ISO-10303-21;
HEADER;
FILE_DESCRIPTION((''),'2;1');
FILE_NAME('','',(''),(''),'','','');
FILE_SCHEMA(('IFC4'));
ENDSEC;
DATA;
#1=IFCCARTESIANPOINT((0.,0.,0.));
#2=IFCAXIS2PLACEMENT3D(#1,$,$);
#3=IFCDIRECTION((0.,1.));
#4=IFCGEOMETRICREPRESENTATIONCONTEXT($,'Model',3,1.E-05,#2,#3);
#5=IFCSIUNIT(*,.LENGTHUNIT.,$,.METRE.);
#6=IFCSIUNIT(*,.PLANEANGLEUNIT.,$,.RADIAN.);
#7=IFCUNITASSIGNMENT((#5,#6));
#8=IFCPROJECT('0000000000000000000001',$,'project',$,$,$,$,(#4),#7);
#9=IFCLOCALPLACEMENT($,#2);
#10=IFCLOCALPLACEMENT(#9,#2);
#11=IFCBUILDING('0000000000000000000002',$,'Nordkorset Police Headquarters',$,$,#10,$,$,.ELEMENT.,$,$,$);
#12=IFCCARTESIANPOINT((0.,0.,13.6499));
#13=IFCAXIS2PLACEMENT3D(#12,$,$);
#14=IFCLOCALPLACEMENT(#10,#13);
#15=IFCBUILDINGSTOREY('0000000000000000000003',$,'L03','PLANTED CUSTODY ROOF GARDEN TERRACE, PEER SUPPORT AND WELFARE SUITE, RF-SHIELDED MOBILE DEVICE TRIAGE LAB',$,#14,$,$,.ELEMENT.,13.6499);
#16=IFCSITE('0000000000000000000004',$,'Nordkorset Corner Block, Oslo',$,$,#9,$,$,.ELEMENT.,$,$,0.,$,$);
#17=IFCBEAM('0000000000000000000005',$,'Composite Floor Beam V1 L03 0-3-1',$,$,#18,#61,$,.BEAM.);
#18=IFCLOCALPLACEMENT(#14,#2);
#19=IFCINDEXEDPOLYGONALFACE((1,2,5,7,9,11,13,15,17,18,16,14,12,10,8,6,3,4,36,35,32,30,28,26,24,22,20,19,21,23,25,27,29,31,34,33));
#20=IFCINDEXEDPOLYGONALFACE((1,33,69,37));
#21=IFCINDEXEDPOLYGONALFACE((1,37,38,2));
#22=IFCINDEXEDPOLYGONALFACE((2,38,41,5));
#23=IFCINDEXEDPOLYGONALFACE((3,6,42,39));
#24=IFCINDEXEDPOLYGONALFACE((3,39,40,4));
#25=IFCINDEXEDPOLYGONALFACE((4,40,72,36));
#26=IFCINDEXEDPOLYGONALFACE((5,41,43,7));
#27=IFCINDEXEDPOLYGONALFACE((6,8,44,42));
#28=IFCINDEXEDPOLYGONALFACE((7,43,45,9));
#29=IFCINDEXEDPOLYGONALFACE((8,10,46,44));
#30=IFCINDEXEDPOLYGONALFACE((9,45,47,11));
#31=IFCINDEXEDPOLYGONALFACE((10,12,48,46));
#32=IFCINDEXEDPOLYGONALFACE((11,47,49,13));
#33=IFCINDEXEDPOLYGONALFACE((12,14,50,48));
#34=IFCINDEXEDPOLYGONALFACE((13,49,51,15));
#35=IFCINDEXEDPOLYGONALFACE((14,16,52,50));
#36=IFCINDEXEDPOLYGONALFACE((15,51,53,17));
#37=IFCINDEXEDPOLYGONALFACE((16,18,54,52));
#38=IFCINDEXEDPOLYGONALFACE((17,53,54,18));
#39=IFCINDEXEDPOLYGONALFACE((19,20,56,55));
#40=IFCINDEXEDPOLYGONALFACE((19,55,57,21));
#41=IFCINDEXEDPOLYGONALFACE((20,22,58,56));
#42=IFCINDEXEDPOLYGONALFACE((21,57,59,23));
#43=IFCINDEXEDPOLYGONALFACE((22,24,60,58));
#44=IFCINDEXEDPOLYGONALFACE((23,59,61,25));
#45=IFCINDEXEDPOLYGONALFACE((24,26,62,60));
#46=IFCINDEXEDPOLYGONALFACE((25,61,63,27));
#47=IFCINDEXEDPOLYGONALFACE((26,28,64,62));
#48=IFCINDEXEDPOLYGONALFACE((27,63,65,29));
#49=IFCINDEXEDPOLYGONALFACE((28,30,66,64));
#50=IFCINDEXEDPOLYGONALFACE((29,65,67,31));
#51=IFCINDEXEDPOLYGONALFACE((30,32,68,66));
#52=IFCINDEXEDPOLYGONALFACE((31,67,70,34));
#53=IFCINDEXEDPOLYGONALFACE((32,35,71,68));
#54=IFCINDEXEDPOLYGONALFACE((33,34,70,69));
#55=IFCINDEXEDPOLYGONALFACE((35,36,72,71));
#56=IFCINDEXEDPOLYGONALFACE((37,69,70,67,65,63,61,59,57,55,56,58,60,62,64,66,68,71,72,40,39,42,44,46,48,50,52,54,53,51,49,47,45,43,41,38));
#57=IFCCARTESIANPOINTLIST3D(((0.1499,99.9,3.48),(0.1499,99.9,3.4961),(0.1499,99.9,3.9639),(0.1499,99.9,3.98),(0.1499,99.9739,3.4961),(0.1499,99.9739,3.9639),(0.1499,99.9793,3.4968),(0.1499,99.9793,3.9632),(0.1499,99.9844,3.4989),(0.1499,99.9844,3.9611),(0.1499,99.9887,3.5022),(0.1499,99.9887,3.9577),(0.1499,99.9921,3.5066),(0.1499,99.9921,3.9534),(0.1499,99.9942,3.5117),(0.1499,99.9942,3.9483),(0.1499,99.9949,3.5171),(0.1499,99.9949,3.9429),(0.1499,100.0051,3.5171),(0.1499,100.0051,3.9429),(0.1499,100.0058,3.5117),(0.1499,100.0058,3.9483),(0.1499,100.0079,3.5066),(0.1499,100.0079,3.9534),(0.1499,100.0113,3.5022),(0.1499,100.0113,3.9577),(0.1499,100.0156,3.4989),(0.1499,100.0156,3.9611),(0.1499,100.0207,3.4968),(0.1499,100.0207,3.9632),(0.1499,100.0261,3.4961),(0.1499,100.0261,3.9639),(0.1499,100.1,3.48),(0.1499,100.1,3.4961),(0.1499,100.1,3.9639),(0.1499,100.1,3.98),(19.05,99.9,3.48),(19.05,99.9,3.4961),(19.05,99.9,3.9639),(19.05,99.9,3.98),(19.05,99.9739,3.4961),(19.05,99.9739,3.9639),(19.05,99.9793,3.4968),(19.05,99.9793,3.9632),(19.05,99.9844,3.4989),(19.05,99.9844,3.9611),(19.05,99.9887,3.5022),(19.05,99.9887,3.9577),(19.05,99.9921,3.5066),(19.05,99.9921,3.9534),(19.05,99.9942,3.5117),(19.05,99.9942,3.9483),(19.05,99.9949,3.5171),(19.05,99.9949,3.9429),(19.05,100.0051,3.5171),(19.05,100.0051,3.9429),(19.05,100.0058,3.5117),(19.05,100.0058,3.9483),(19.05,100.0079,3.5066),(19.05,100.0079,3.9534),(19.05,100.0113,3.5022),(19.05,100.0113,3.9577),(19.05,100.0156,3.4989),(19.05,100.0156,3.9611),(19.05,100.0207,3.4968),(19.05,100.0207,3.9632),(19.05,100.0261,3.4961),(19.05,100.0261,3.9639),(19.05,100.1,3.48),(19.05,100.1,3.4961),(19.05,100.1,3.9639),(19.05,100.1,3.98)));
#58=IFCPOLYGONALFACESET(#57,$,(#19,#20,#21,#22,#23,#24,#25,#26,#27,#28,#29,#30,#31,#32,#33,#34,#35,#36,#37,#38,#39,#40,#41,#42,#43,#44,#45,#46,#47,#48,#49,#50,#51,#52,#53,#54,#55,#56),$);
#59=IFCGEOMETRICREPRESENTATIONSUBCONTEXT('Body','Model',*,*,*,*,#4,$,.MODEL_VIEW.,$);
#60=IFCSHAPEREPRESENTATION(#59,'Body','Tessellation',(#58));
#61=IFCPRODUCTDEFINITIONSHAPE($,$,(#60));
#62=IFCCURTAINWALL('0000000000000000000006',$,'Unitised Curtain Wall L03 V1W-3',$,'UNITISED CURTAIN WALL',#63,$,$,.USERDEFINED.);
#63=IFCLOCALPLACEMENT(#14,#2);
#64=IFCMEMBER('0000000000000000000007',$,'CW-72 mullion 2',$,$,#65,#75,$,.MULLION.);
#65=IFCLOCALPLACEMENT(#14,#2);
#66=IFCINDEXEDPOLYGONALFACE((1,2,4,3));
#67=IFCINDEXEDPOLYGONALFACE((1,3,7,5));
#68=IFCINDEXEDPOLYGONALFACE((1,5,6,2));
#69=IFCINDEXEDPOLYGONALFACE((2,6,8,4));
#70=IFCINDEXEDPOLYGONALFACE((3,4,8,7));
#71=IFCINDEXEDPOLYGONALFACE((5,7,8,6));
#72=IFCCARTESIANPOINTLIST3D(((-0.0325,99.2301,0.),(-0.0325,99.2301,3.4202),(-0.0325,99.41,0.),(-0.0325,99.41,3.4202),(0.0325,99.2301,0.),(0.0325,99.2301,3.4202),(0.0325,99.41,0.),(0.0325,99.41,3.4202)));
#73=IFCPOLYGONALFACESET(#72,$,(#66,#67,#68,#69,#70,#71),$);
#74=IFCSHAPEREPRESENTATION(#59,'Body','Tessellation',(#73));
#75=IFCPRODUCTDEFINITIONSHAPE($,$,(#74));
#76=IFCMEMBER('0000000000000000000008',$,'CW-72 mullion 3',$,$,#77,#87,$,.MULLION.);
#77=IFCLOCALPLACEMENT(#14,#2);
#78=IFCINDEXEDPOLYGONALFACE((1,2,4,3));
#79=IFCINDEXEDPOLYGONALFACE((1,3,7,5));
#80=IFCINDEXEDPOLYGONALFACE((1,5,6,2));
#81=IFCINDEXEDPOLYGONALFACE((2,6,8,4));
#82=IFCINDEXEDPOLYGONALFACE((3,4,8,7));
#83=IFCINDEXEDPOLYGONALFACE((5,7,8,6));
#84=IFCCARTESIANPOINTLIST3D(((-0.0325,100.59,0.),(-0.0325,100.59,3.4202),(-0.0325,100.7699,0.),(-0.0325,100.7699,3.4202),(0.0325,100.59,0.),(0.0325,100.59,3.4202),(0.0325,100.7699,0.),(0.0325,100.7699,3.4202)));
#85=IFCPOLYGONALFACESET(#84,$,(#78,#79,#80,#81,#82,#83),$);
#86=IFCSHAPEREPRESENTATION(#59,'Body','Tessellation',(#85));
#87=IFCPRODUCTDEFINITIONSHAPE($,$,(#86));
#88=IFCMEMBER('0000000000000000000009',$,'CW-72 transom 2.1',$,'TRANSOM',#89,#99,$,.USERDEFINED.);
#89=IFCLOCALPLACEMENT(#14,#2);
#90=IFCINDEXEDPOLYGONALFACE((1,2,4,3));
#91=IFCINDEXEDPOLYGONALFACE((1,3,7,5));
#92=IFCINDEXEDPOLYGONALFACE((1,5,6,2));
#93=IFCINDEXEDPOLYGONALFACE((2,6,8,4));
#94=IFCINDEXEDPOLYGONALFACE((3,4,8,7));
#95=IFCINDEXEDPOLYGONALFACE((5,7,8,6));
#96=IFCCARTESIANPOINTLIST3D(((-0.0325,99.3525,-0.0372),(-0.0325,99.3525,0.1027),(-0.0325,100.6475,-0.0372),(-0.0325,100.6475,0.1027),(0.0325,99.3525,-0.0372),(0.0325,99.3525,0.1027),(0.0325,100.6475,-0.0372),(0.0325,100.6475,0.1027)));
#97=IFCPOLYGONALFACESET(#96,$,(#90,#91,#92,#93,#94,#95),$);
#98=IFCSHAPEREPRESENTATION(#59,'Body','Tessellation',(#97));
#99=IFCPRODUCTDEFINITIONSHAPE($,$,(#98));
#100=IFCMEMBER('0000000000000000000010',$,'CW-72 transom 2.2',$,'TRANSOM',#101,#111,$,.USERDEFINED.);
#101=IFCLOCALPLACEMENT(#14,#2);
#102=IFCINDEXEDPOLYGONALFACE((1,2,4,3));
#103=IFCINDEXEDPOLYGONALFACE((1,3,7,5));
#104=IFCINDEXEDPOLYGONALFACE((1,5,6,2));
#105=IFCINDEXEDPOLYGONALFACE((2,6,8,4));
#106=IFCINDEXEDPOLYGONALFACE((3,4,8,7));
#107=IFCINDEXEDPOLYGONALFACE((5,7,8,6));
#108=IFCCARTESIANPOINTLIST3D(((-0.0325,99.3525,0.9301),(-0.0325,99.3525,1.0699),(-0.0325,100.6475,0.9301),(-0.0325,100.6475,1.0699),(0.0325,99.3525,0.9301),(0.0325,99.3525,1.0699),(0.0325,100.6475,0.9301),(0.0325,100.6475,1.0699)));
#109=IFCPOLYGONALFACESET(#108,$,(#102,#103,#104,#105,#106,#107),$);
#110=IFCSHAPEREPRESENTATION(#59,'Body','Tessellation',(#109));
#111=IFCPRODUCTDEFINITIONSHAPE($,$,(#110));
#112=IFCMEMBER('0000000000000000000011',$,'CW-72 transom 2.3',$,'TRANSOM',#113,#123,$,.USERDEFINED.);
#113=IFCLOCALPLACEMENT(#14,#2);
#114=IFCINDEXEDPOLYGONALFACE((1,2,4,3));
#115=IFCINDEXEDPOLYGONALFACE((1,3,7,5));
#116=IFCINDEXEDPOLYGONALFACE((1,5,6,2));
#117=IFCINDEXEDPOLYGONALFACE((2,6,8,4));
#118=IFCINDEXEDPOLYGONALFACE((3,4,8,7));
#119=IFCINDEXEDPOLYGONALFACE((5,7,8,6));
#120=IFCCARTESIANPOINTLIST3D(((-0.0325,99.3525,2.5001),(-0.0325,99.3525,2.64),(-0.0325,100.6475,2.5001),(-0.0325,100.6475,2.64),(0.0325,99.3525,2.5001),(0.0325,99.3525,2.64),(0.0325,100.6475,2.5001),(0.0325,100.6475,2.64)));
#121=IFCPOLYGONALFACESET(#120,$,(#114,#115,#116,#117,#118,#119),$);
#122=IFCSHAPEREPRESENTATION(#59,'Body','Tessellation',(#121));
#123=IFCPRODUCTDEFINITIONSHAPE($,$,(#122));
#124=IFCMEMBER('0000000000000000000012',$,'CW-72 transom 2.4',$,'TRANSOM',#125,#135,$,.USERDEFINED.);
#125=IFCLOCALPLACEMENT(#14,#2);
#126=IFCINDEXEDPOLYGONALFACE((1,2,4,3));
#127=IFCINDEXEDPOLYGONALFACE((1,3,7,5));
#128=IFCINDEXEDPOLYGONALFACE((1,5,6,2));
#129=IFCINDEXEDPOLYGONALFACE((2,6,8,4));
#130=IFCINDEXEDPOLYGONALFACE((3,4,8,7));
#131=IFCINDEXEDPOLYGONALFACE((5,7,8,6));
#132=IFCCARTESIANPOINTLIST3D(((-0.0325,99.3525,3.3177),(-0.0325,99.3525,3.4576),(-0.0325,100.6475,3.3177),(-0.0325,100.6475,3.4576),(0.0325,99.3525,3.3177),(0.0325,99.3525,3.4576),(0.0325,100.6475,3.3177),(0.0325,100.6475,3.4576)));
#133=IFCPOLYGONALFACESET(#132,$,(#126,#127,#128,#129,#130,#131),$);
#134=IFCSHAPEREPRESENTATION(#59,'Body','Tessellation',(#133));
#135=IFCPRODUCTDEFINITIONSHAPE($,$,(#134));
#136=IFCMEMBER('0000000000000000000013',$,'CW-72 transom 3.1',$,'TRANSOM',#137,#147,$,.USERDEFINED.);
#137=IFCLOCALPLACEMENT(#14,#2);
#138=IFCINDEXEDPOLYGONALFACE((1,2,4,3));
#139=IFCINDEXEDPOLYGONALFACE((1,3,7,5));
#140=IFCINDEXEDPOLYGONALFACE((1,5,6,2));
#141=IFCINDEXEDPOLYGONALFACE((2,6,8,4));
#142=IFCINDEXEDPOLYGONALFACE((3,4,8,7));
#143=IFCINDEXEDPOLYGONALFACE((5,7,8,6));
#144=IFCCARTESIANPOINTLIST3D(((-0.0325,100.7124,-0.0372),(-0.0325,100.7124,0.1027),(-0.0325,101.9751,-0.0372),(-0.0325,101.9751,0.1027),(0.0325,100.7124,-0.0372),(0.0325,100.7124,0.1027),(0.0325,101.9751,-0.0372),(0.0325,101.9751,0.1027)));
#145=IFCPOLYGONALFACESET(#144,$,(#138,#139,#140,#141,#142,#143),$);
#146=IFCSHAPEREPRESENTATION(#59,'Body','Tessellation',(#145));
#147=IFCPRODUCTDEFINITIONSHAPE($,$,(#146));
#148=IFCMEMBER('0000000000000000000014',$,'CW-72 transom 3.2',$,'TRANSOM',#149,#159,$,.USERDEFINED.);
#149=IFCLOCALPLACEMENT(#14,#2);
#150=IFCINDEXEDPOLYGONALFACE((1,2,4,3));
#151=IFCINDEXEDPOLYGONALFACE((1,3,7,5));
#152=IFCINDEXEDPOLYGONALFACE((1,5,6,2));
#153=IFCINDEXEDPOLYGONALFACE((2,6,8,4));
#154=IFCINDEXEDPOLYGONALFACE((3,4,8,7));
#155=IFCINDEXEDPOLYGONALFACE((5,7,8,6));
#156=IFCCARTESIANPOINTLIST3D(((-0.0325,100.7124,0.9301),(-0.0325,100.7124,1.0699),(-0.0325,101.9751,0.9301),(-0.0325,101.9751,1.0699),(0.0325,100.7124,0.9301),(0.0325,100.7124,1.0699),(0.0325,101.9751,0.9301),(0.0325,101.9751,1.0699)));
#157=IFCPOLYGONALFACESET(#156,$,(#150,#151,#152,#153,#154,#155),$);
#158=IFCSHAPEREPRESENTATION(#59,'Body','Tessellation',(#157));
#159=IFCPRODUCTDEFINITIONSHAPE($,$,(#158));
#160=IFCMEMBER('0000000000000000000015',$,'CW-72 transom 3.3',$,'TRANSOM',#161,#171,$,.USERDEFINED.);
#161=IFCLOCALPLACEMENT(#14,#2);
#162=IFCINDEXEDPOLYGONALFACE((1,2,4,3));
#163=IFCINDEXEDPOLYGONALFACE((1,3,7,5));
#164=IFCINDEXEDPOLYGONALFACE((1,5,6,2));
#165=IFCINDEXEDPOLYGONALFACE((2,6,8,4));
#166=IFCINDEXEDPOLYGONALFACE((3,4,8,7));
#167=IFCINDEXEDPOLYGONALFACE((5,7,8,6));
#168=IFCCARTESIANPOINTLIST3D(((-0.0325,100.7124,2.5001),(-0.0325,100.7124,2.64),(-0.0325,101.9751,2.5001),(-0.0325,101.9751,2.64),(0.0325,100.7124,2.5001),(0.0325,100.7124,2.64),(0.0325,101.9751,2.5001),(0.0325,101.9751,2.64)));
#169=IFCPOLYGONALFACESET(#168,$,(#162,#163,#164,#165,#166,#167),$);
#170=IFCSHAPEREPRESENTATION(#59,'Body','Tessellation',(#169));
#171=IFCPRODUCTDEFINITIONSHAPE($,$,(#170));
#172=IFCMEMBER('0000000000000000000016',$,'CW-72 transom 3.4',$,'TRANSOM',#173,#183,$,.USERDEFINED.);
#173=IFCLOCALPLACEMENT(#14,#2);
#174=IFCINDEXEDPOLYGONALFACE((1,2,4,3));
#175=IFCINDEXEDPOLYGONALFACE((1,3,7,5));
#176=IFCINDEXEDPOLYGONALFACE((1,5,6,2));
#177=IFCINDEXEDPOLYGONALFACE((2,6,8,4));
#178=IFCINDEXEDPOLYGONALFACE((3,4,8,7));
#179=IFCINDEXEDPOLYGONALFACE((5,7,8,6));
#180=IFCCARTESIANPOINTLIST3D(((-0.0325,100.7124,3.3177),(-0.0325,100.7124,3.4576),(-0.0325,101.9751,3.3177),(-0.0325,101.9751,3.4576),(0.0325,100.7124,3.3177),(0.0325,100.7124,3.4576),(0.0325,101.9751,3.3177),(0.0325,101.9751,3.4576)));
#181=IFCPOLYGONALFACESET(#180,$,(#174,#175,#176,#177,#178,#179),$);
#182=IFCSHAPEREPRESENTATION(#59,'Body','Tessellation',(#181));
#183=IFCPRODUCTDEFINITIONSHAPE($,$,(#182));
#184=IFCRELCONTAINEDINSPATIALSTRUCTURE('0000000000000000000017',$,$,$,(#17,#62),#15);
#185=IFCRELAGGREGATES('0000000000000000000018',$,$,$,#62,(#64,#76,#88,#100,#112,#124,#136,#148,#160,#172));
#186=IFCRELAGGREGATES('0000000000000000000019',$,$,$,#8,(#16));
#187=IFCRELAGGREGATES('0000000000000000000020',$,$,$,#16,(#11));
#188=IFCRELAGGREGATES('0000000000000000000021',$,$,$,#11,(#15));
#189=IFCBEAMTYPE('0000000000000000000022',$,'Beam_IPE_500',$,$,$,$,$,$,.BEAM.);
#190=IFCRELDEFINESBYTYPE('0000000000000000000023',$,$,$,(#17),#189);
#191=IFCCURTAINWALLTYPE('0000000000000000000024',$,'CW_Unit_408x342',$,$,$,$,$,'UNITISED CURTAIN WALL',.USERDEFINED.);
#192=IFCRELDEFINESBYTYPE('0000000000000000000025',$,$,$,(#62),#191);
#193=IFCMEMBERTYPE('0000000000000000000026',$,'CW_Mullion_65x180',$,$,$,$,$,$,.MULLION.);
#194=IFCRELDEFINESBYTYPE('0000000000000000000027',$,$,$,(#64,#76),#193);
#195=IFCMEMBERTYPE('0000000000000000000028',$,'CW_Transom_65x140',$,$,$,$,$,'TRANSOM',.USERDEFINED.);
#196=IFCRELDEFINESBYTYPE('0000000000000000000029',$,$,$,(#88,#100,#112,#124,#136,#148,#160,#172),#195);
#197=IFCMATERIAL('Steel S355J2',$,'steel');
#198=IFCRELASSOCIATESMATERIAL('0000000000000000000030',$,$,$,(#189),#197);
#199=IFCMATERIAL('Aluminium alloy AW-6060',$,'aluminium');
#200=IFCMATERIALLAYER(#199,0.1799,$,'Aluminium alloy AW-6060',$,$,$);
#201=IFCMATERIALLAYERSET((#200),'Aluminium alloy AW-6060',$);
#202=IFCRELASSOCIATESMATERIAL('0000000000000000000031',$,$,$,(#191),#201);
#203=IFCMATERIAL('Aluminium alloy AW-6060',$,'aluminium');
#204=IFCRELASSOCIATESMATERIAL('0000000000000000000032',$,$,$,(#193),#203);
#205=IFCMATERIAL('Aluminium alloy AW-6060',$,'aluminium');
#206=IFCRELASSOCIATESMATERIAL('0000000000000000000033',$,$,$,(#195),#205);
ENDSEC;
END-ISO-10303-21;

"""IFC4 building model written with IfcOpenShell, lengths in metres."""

from ifc_helpers import new_model, si_unit, direction, frame, origin, origin_2d, place, context, subcontext, project, spatial, rectangle, i_section, extrude, material, layer, layer_set, material_profile, profile_set, type_object, element, aggregate, save


model = new_model("IFC4")

# Units and contexts
model_context = context("Model", 3, precision=1e-05, world=origin(), true_north=direction((0.0, 1.0)))
body_context = subcontext(model_context, "Body", "Model", "MODEL_VIEW")
ifc_project = project(units=[si_unit("LENGTHUNIT", "METRE"), si_unit("PLANEANGLEUNIT", "RADIAN")], contexts=[model_context])

# Site, building, storey
site_placement = place(None, origin())
site = spatial("IfcSite", under=ifc_project, at=site_placement, Name="Nordkorset Corner Block, Oslo", CompositionType="ELEMENT", RefElevation=0.0)
building_placement = place(site_placement, origin())
building = spatial("IfcBuilding", under=site, at=building_placement, Name="Nordkorset Police Headquarters", CompositionType="ELEMENT")
storey_placement = place(building_placement, frame((0.0, 0.0, 13.6499)))
storey = spatial("IfcBuildingStorey", under=building, at=storey_placement, Name="L03", Description="PLANTED CUSTODY ROOF GARDEN TERRACE, PEER SUPPORT AND WELFARE SUITE, RF-SHIELDED MOBILE DEVICE TRIAGE LAB", CompositionType="ELEMENT", Elevation=13.6499)

# Beam
ifc_material_1 = material(Name="Steel S355J2", Category="steel")
ifc_material_profile_1 = material_profile(ifc_material_1, i_section(OverallWidth=0.2, OverallDepth=0.5, WebThickness=0.0103, FlangeThickness=0.0161, FilletRadius=0.021, at=origin_2d()), Name="IPE 500")
ifc_profile_set_1 = profile_set([ifc_material_profile_1], Name="Steel S355J2")
beam_type = type_object("IfcBeamType", Name="Beam_IPE_500", PredefinedType="BEAM", material=ifc_profile_set_1)
beam_placement = place(storey_placement, frame((0.1499, 100.0, 3.73), z_axis=(1.0, 0.0, 0.0), x_axis=(0.0, 1.0, 0.0)))
element("IfcBeam", 1, at=beam_placement, inside=storey, type_object=beam_type, Name="Composite Floor Beam V1 L03 0-3-1", PredefinedType="BEAM", context=body_context, shape_type="SweptSolid", body=[
    extrude(i_section(OverallWidth=0.2, OverallDepth=0.5, WebThickness=0.0103, FlangeThickness=0.0161, FilletRadius=0.021, at=origin_2d()), origin(), (0.0, 0.0, 1.0), 18.9001),
])

# Curtain wall, members
ifc_material_2 = material(Name="Aluminium alloy AW-6060", Category="aluminium")
ifc_layer_1 = layer(ifc_material_2, 0.1799, Name="Aluminium alloy AW-6060")
ifc_layer_set_1 = layer_set([ifc_layer_1], Name="Aluminium alloy AW-6060")
curtain_wall_type = type_object("IfcCurtainWallType", Name="CW_Unit_408x342", ElementType="UNITISED CURTAIN WALL", PredefinedType="USERDEFINED", material=ifc_layer_set_1)
curtain_wall_placement = place(storey_placement, origin())
curtain_wall = element("IfcCurtainWall", 2, at=curtain_wall_placement, inside=storey, type_object=curtain_wall_type, Name="Unitised Curtain Wall L03 V1W-3", ObjectType="UNITISED CURTAIN WALL", PredefinedType="USERDEFINED")
ifc_material_3 = material(Name="Aluminium alloy AW-6060", Category="aluminium")
ifc_material_profile_2 = material_profile(ifc_material_3, rectangle(XDim=0.0649, YDim=0.1799, at=origin_2d()), Name="ALU MULL 65x180")
ifc_profile_set_2 = profile_set([ifc_material_profile_2], Name="Aluminium alloy AW-6060")
member_type_1 = type_object("IfcMemberType", Name="CW_Mullion_65x180", PredefinedType="MULLION", material=ifc_profile_set_2)
member_1_placement = place(storey_placement, frame((0.0, 99.3201, 0.0), z_axis=(0.0, 0.0, 1.0), x_axis=(-1.0, 0.0, 0.0)))
member_1 = element("IfcMember", 3, at=member_1_placement, type_object=member_type_1, Name="CW-72 mullion 2", PredefinedType="MULLION", context=body_context, shape_type="SweptSolid", body=[
    extrude(rectangle(XDim=0.0649, YDim=0.1799, at=origin_2d()), origin(), (0.0, 0.0, 1.0), 3.4202),
])
member_2_placement = place(storey_placement, frame((0.0, 100.6799, 0.0), z_axis=(0.0, 0.0, 1.0), x_axis=(-1.0, 0.0, 0.0)))
member_2 = element("IfcMember", 4, at=member_2_placement, type_object=member_type_1, Name="CW-72 mullion 3", PredefinedType="MULLION", context=body_context, shape_type="SweptSolid", body=[
    extrude(rectangle(XDim=0.0649, YDim=0.1799, at=origin_2d()), origin(), (0.0, 0.0, 1.0), 3.4202),
])
ifc_material_4 = material(Name="Aluminium alloy AW-6060", Category="aluminium")
ifc_material_profile_3 = material_profile(ifc_material_4, rectangle(XDim=0.0649, YDim=0.1399, at=origin_2d()), Name="ALU TRAN 65x140")
ifc_profile_set_3 = profile_set([ifc_material_profile_3], Name="Aluminium alloy AW-6060")
member_type_2 = type_object("IfcMemberType", Name="CW_Transom_65x140", ElementType="TRANSOM", PredefinedType="USERDEFINED", material=ifc_profile_set_3)
member_3_placement = place(storey_placement, frame((0.0, 99.3525, 0.0327), z_axis=(0.0, 1.0, 0.0), x_axis=(-1.0, 0.0, 0.0)))
member_3 = element("IfcMember", 5, at=member_3_placement, type_object=member_type_2, Name="CW-72 transom 2.1", ObjectType="TRANSOM", PredefinedType="USERDEFINED", context=body_context, shape_type="SweptSolid", body=[
    extrude(rectangle(XDim=0.0649, YDim=0.1399, at=origin_2d()), origin(), (0.0, 0.0, 1.0), 1.2949),
])
member_4_placement = place(storey_placement, frame((0.0, 99.3525, 1.0), z_axis=(0.0, 1.0, 0.0), x_axis=(-1.0, 0.0, 0.0)))
member_4 = element("IfcMember", 6, at=member_4_placement, type_object=member_type_2, Name="CW-72 transom 2.2", ObjectType="TRANSOM", PredefinedType="USERDEFINED", context=body_context, shape_type="SweptSolid", body=[
    extrude(rectangle(XDim=0.0649, YDim=0.1399, at=origin_2d()), origin(), (0.0, 0.0, 1.0), 1.2949),
])
member_5_placement = place(storey_placement, frame((0.0, 99.3525, 2.5701), z_axis=(0.0, 1.0, 0.0), x_axis=(-1.0, 0.0, 0.0)))
member_5 = element("IfcMember", 7, at=member_5_placement, type_object=member_type_2, Name="CW-72 transom 2.3", ObjectType="TRANSOM", PredefinedType="USERDEFINED", context=body_context, shape_type="SweptSolid", body=[
    extrude(rectangle(XDim=0.0649, YDim=0.1399, at=origin_2d()), origin(), (0.0, 0.0, 1.0), 1.2949),
])
member_6_placement = place(storey_placement, frame((0.0, 99.3525, 3.3877), z_axis=(0.0, 1.0, 0.0), x_axis=(-1.0, 0.0, 0.0)))
member_6 = element("IfcMember", 8, at=member_6_placement, type_object=member_type_2, Name="CW-72 transom 2.4", ObjectType="TRANSOM", PredefinedType="USERDEFINED", context=body_context, shape_type="SweptSolid", body=[
    extrude(rectangle(XDim=0.0649, YDim=0.1399, at=origin_2d()), origin(), (0.0, 0.0, 1.0), 1.2949),
])
member_7_placement = place(storey_placement, frame((0.0, 100.7124, 0.0327), z_axis=(0.0, 1.0, 0.0), x_axis=(-1.0, 0.0, 0.0)))
member_7 = element("IfcMember", 9, at=member_7_placement, type_object=member_type_2, Name="CW-72 transom 3.1", ObjectType="TRANSOM", PredefinedType="USERDEFINED", context=body_context, shape_type="SweptSolid", body=[
    extrude(rectangle(XDim=0.0649, YDim=0.1399, at=origin_2d()), origin(), (0.0, 0.0, 1.0), 1.2627),
])
member_8_placement = place(storey_placement, frame((0.0, 100.7124, 1.0), z_axis=(0.0, 1.0, 0.0), x_axis=(-1.0, 0.0, 0.0)))
member_8 = element("IfcMember", 10, at=member_8_placement, type_object=member_type_2, Name="CW-72 transom 3.2", ObjectType="TRANSOM", PredefinedType="USERDEFINED", context=body_context, shape_type="SweptSolid", body=[
    extrude(rectangle(XDim=0.0649, YDim=0.1399, at=origin_2d()), origin(), (0.0, 0.0, 1.0), 1.2627),
])
member_9_placement = place(storey_placement, frame((0.0, 100.7124, 2.5701), z_axis=(0.0, 1.0, 0.0), x_axis=(-1.0, 0.0, 0.0)))
member_9 = element("IfcMember", 11, at=member_9_placement, type_object=member_type_2, Name="CW-72 transom 3.3", ObjectType="TRANSOM", PredefinedType="USERDEFINED", context=body_context, shape_type="SweptSolid", body=[
    extrude(rectangle(XDim=0.0649, YDim=0.1399, at=origin_2d()), origin(), (0.0, 0.0, 1.0), 1.2627),
])
member_10_placement = place(storey_placement, frame((0.0, 100.7124, 3.3877), z_axis=(0.0, 1.0, 0.0), x_axis=(-1.0, 0.0, 0.0)))
member_10 = element("IfcMember", 12, at=member_10_placement, type_object=member_type_2, Name="CW-72 transom 3.4", ObjectType="TRANSOM", PredefinedType="USERDEFINED", context=body_context, shape_type="SweptSolid", body=[
    extrude(rectangle(XDim=0.0649, YDim=0.1399, at=origin_2d()), origin(), (0.0, 0.0, 1.0), 1.2627),
])
aggregate(curtain_wall, [member_1, member_2, member_3, member_4, member_5, member_6, member_7, member_8, member_9, member_10])

save(model, "model.ifc")
